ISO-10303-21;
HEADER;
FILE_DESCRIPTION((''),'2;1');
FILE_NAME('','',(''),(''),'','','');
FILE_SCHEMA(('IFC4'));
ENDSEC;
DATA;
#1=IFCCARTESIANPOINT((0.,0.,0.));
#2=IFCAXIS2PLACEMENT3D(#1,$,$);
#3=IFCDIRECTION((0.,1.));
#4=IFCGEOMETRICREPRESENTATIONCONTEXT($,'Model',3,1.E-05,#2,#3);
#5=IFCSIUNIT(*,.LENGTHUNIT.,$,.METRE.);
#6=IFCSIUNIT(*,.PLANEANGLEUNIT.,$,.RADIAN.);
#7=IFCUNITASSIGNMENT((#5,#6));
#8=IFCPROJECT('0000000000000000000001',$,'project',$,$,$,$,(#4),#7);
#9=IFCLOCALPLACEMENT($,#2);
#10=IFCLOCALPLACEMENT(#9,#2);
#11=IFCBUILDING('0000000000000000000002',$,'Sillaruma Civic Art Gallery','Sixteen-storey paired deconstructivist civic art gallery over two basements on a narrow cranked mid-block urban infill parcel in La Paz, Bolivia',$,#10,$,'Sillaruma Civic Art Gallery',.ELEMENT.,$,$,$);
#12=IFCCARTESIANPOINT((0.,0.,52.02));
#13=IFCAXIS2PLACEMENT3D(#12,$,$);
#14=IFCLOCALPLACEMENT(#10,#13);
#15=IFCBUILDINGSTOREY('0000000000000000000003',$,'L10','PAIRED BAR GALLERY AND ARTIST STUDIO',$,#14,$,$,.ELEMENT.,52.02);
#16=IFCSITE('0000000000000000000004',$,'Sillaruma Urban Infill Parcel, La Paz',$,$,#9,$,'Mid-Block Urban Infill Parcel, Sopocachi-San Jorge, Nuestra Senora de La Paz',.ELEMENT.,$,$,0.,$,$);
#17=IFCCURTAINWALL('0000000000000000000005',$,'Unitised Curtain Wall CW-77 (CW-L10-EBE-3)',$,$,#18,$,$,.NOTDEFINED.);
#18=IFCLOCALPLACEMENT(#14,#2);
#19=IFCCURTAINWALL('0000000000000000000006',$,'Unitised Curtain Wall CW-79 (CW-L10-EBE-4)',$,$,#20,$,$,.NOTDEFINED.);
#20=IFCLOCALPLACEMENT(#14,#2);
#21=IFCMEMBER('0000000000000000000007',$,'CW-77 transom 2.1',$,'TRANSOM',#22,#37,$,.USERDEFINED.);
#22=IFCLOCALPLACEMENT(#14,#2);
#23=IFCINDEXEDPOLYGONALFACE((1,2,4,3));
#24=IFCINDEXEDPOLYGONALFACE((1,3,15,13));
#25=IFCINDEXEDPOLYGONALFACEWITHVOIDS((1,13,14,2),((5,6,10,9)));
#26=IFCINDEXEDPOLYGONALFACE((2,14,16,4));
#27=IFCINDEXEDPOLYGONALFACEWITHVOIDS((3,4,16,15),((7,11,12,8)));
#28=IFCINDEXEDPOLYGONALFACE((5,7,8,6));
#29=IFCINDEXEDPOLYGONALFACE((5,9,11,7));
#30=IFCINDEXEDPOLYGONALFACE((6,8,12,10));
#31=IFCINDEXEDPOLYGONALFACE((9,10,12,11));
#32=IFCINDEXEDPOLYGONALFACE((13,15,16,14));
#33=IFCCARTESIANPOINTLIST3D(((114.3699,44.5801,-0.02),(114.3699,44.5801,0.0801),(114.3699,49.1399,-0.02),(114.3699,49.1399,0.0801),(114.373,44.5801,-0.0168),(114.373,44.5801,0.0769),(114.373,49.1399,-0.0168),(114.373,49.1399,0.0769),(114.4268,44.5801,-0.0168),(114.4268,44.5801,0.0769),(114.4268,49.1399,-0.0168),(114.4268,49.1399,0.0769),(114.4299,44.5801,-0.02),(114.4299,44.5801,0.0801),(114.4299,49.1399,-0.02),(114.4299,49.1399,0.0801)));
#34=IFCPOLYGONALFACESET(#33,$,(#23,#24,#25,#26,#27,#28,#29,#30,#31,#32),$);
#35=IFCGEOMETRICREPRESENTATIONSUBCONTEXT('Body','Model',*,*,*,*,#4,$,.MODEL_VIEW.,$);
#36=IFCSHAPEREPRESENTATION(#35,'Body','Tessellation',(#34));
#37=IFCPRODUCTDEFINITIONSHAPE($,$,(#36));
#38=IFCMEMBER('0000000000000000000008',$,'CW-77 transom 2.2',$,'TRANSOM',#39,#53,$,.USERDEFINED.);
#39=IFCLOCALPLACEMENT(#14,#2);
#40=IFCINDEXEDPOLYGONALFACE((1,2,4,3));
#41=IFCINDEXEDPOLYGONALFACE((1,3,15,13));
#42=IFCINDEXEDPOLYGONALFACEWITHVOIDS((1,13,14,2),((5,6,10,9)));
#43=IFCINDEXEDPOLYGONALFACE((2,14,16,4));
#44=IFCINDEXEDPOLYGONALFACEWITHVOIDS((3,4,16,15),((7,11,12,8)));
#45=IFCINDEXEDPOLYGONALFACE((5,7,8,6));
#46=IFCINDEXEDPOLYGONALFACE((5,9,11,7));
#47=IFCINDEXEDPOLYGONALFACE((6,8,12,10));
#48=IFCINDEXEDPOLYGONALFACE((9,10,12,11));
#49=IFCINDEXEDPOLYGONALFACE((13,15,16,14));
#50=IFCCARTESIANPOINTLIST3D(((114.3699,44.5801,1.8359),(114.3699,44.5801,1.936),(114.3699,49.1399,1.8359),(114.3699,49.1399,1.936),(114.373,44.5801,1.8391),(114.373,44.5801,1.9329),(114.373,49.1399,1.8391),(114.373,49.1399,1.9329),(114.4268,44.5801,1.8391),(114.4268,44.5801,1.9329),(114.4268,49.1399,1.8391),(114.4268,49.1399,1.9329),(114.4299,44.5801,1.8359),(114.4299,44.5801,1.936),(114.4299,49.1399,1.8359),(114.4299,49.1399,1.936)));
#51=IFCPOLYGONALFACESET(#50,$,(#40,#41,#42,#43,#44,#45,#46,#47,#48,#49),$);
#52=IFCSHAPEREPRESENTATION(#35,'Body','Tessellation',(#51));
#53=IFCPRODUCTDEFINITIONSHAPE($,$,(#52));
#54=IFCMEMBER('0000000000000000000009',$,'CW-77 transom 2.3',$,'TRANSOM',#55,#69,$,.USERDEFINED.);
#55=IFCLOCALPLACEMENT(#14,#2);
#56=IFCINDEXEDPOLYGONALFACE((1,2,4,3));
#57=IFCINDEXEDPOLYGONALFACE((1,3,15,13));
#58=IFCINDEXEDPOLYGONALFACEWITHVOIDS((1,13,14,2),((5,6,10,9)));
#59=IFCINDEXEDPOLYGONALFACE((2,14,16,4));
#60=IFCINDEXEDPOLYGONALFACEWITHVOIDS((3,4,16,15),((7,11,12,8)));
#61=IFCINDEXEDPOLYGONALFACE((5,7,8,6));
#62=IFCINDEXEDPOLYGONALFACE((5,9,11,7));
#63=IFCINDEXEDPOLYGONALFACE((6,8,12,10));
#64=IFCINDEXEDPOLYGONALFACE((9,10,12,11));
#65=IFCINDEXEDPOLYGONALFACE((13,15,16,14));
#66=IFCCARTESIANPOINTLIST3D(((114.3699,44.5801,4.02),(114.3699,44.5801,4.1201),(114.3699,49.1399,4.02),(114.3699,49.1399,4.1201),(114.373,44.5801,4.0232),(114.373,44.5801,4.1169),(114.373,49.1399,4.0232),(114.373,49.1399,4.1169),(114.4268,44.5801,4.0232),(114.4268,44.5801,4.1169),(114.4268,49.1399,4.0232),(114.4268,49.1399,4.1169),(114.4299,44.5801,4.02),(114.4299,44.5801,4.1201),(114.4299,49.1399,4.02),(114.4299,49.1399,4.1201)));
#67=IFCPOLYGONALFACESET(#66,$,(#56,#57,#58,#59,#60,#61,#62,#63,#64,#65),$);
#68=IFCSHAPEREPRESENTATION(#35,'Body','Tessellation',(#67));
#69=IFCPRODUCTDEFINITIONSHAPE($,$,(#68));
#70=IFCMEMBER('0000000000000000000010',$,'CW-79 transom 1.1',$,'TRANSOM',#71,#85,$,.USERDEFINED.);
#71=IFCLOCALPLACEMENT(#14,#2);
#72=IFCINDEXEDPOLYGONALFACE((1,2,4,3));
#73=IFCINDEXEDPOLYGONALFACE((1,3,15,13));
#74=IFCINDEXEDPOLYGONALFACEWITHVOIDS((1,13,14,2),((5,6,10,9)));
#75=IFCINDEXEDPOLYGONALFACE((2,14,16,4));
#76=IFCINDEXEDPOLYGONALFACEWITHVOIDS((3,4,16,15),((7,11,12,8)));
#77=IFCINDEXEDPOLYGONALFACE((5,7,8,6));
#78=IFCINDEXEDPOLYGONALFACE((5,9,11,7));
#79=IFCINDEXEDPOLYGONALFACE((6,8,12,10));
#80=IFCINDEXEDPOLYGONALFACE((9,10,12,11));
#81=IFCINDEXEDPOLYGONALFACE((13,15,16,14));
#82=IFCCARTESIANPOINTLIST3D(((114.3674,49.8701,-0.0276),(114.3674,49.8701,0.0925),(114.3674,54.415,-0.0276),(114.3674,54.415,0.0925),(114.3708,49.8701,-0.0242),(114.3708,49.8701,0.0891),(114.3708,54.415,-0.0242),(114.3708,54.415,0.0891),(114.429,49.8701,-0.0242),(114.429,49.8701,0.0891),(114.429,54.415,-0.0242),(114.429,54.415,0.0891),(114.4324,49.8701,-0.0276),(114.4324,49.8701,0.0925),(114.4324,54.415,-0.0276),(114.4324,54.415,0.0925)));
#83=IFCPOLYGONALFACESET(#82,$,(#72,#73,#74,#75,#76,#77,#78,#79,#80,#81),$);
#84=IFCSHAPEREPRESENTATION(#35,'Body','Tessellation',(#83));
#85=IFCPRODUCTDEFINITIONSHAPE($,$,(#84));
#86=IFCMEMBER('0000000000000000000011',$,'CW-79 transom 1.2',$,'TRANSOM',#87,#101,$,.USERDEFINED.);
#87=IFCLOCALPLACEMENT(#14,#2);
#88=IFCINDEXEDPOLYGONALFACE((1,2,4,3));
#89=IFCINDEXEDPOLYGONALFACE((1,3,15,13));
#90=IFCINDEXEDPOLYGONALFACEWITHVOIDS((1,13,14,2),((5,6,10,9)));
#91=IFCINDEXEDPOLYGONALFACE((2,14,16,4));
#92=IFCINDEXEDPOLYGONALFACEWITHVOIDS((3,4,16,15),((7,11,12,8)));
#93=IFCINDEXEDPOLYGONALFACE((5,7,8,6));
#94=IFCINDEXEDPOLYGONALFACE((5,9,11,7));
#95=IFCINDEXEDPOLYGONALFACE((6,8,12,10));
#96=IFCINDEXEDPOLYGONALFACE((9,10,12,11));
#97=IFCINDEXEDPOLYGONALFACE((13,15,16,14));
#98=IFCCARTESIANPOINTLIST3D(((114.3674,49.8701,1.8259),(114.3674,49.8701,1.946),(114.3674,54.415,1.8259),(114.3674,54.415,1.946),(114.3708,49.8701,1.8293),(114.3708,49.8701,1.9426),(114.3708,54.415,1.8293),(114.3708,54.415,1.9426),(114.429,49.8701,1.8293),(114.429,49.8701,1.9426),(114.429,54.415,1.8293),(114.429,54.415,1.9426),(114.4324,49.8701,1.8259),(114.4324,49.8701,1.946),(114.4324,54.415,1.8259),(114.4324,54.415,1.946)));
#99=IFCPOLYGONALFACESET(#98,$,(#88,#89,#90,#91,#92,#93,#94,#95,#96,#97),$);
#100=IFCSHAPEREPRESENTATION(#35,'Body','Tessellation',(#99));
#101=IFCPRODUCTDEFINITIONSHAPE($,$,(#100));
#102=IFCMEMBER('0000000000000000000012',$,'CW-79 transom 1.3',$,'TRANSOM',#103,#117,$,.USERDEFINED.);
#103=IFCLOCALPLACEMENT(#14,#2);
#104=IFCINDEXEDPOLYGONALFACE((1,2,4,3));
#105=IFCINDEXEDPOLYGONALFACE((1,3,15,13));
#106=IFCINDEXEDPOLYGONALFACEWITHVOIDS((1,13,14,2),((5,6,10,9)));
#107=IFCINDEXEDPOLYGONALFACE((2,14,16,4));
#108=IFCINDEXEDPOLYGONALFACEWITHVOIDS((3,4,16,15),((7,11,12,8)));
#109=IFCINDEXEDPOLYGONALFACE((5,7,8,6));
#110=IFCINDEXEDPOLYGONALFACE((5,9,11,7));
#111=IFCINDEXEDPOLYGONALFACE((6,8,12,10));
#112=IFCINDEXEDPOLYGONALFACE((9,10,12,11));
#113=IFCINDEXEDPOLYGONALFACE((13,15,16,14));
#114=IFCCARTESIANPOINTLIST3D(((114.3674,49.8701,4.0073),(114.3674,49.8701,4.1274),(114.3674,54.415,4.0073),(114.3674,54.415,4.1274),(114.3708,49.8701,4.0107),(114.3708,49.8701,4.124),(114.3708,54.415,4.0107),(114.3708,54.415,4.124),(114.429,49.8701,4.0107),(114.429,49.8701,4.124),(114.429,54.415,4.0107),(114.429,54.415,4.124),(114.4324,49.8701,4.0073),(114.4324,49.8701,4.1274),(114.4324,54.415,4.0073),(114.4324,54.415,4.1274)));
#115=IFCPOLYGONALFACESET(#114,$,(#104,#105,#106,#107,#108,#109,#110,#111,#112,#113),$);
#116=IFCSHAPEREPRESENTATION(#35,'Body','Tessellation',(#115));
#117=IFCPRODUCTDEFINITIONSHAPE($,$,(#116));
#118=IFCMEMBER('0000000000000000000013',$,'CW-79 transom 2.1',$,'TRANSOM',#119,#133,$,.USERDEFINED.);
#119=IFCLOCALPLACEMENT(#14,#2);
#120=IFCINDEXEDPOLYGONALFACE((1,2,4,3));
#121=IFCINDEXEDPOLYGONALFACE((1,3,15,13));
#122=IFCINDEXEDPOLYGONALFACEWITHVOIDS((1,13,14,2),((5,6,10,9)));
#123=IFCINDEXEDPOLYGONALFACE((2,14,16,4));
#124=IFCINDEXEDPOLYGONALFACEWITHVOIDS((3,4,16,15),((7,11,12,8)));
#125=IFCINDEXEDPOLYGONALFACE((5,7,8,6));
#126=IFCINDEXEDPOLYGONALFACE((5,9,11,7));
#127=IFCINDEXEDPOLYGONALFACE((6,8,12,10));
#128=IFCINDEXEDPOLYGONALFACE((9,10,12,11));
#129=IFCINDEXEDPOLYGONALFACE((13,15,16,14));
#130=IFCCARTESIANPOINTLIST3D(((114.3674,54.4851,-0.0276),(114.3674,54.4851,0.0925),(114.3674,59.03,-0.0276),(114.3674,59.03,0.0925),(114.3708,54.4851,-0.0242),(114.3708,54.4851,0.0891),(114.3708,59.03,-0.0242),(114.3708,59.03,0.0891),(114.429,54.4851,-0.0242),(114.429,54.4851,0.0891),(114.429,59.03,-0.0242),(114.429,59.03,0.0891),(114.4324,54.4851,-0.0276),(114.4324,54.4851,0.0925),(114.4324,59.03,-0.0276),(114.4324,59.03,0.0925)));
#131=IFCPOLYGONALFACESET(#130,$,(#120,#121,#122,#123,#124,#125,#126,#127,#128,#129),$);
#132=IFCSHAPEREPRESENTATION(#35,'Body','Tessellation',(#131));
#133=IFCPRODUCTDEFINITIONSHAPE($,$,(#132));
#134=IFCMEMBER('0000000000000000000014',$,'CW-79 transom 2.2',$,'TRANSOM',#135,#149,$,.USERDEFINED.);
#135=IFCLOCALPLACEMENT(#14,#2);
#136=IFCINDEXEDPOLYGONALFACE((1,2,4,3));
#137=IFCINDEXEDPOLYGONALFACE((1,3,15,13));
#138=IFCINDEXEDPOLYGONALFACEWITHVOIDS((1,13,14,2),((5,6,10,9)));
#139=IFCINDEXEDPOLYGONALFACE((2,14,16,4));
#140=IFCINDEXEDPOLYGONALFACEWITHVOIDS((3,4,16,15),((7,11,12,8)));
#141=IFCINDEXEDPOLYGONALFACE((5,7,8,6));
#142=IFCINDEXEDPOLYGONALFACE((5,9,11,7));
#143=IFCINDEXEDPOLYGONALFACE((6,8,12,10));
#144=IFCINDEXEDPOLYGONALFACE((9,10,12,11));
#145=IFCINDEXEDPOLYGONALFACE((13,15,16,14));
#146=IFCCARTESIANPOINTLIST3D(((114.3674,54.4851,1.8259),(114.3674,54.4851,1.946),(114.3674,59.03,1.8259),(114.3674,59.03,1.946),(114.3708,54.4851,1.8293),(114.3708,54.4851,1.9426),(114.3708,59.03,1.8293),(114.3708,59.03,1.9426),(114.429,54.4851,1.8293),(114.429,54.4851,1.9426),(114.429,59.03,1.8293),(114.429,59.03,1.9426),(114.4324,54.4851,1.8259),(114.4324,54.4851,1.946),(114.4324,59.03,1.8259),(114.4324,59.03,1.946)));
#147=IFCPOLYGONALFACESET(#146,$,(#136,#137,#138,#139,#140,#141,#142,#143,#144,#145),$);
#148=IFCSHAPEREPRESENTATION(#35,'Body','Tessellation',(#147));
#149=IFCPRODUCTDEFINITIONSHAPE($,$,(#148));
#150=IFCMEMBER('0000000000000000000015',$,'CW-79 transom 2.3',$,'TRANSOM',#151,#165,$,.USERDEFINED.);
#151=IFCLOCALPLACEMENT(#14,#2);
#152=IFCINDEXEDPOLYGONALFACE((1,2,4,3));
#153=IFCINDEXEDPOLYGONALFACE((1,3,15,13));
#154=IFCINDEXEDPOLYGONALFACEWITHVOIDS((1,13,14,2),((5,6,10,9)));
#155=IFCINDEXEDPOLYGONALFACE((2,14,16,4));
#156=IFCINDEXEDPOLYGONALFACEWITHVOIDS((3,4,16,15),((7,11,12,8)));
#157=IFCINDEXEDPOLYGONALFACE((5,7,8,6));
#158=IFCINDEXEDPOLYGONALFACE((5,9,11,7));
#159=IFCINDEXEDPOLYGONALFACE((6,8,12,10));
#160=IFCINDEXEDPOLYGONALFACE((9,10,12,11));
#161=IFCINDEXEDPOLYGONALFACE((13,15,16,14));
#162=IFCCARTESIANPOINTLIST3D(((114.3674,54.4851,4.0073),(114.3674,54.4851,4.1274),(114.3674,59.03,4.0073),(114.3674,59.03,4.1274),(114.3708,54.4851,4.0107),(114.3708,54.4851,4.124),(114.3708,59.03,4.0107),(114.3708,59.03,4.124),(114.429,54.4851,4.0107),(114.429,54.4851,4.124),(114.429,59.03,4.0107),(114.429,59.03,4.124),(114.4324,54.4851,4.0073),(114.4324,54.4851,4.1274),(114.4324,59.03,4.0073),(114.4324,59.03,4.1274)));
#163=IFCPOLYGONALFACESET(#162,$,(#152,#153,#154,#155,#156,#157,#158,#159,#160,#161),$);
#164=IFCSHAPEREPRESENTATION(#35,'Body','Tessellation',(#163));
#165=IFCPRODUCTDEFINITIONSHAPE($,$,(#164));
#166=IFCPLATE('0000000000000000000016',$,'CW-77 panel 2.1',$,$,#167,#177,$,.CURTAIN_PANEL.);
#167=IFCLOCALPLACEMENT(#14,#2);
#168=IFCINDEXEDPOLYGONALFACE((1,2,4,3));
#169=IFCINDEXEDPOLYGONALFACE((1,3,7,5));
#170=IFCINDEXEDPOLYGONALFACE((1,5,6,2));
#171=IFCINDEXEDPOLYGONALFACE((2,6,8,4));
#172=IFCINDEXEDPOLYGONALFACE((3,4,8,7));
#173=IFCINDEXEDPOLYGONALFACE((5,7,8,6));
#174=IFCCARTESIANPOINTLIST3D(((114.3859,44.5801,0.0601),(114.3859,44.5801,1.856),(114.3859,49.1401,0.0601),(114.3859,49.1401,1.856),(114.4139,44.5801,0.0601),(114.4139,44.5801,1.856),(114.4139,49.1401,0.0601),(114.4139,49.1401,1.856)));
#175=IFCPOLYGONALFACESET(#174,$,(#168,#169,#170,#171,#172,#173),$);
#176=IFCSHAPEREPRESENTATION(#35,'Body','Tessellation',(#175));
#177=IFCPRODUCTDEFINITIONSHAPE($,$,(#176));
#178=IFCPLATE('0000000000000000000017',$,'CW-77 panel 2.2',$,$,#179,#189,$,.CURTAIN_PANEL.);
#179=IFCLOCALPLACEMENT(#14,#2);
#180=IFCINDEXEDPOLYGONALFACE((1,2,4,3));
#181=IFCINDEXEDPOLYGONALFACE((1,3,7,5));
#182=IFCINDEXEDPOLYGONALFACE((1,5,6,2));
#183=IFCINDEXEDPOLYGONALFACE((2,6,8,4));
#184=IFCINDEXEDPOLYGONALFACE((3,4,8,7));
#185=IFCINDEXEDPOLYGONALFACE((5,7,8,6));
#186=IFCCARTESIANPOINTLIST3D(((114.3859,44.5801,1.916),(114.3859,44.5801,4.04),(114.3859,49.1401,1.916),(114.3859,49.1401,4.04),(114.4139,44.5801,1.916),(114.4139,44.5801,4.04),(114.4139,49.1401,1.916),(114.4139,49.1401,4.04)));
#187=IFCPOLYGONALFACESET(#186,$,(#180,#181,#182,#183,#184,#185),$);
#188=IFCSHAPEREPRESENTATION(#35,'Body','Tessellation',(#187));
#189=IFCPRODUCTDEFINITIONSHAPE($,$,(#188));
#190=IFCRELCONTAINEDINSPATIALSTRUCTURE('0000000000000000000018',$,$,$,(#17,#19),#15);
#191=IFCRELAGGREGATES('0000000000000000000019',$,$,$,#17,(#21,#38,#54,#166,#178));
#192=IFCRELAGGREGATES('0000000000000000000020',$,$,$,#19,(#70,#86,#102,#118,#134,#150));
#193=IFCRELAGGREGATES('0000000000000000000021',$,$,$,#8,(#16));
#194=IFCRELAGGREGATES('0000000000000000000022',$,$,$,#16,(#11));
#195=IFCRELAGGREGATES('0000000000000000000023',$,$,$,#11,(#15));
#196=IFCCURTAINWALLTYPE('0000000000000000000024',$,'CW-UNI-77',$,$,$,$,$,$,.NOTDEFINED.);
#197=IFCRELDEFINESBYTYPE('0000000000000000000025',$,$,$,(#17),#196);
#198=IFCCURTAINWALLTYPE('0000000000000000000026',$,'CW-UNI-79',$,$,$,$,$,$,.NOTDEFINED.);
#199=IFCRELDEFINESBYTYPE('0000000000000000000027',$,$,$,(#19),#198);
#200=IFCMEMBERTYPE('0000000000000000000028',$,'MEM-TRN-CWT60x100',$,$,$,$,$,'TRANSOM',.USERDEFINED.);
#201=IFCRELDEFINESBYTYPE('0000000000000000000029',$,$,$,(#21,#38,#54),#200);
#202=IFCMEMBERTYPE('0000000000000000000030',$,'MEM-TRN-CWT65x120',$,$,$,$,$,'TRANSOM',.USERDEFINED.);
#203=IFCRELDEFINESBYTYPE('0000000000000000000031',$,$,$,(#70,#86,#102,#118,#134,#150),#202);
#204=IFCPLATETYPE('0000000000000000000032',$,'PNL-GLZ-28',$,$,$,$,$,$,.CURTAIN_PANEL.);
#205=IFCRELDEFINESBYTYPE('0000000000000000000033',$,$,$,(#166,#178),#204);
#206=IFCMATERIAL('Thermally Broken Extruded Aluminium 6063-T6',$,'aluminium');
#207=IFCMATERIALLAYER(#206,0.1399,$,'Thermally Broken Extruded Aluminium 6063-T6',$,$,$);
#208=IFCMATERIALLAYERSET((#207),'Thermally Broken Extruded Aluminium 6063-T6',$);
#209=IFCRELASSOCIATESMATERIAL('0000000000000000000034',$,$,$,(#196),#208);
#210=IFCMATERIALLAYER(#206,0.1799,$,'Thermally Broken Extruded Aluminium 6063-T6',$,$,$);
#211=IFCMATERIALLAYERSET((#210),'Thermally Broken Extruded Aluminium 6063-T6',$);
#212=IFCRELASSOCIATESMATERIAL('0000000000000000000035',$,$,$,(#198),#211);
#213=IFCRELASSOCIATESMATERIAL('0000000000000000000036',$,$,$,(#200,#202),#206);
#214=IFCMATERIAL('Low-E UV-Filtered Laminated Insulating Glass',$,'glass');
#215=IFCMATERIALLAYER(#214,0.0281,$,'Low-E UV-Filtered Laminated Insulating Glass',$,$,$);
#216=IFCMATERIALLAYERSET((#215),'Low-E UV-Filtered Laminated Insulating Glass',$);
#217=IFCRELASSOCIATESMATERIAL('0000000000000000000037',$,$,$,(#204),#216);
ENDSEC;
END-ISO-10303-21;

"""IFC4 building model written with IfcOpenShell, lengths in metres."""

from ifc_helpers import new_model, si_unit, direction, frame, origin, origin_2d, place, context, subcontext, project, spatial, rectangle, hollow_rectangle, extrude, material, layer, layer_set, material_profile, profile_set, type_object, element, aggregate, save


model = new_model("IFC4")

# Units and contexts
model_context = context("Model", 3, precision=1e-05, world=origin(), true_north=direction((0.0, 1.0)))
body_context = subcontext(model_context, "Body", "Model", "MODEL_VIEW")
ifc_project = project(units=[si_unit("LENGTHUNIT", "METRE"), si_unit("PLANEANGLEUNIT", "RADIAN")], contexts=[model_context])

# Site, building, storey
site_placement = place(None, origin())
site = spatial("IfcSite", under=ifc_project, at=site_placement, Name="Sillaruma Urban Infill Parcel, La Paz", LongName="Mid-Block Urban Infill Parcel, Sopocachi-San Jorge, Nuestra Senora de La Paz", CompositionType="ELEMENT", RefElevation=0.0)
building_placement = place(site_placement, origin())
building = spatial("IfcBuilding", under=site, at=building_placement, Name="Sillaruma Civic Art Gallery", Description="Sixteen-storey paired deconstructivist civic art gallery over two basements on a narrow cranked mid-block urban infill parcel in La Paz, Bolivia", LongName="Sillaruma Civic Art Gallery", CompositionType="ELEMENT")
storey_placement = place(building_placement, frame((0.0, 0.0, 52.02)))
storey = spatial("IfcBuildingStorey", under=building, at=storey_placement, Name="L10", Description="PAIRED BAR GALLERY AND ARTIST STUDIO", CompositionType="ELEMENT", Elevation=52.02)

# Curtain walls
ifc_material_1 = material(Name="Thermally Broken Extruded Aluminium 6063-T6", Category="aluminium")
ifc_layer_1 = layer(ifc_material_1, 0.1399, Name="Thermally Broken Extruded Aluminium 6063-T6")
ifc_layer_set_1 = layer_set([ifc_layer_1], Name="Thermally Broken Extruded Aluminium 6063-T6")
curtain_wall_type_1 = type_object("IfcCurtainWallType", Name="CW-UNI-77", PredefinedType="NOTDEFINED", material=ifc_layer_set_1)
curtain_wall_1_placement = place(storey_placement, origin())
curtain_wall_1 = element("IfcCurtainWall", 1, at=curtain_wall_1_placement, inside=storey, type_object=curtain_wall_type_1, Name="Unitised Curtain Wall CW-77 (CW-L10-EBE-3)", PredefinedType="NOTDEFINED")
ifc_layer_2 = layer(ifc_material_1, 0.1799, Name="Thermally Broken Extruded Aluminium 6063-T6")
ifc_layer_set_2 = layer_set([ifc_layer_2], Name="Thermally Broken Extruded Aluminium 6063-T6")
curtain_wall_type_2 = type_object("IfcCurtainWallType", Name="CW-UNI-79", PredefinedType="NOTDEFINED", material=ifc_layer_set_2)
curtain_wall_2_placement = place(storey_placement, origin())
curtain_wall_2 = element("IfcCurtainWall", 2, at=curtain_wall_2_placement, inside=storey, type_object=curtain_wall_type_2, Name="Unitised Curtain Wall CW-79 (CW-L10-EBE-4)", PredefinedType="NOTDEFINED")

# Members
ifc_material_profile_1 = material_profile(ifc_material_1, hollow_rectangle(XDim=0.0601, YDim=0.1001, WallThickness=0.0032, at=origin_2d()), Name="CWT60x100")
ifc_profile_set_1 = profile_set([ifc_material_profile_1], Name="Thermally Broken Extruded Aluminium 6063-T6")
member_type_1 = type_object("IfcMemberType", Name="MEM-TRN-CWT60x100", ElementType="TRANSOM", PredefinedType="USERDEFINED", material=ifc_profile_set_1)
member_1_placement = place(storey_placement, frame((114.3999, 44.5801, 0.03), z_axis=(0.0, 1.0, 0.0), x_axis=(-1.0, 0.0, 0.0)))
member_1 = element("IfcMember", 3, at=member_1_placement, type_object=member_type_1, Name="CW-77 transom 2.1", ObjectType="TRANSOM", PredefinedType="USERDEFINED", context=body_context, shape_type="SweptSolid", body=[
    extrude(hollow_rectangle(XDim=0.0601, YDim=0.1001, WallThickness=0.0032, at=origin_2d()), origin(), (0.0, 0.0, 1.0), 4.5598),
])
member_2_placement = place(storey_placement, frame((114.3999, 44.5801, 1.886), z_axis=(0.0, 1.0, 0.0), x_axis=(-1.0, 0.0, 0.0)))
member_2 = element("IfcMember", 4, at=member_2_placement, type_object=member_type_1, Name="CW-77 transom 2.2", ObjectType="TRANSOM", PredefinedType="USERDEFINED", context=body_context, shape_type="SweptSolid", body=[
    extrude(hollow_rectangle(XDim=0.0601, YDim=0.1001, WallThickness=0.0032, at=origin_2d()), origin(), (0.0, 0.0, 1.0), 4.5598),
])
member_3_placement = place(storey_placement, frame((114.3999, 44.5801, 4.0701), z_axis=(0.0, 1.0, 0.0), x_axis=(-1.0, 0.0, 0.0)))
member_3 = element("IfcMember", 5, at=member_3_placement, type_object=member_type_1, Name="CW-77 transom 2.3", ObjectType="TRANSOM", PredefinedType="USERDEFINED", context=body_context, shape_type="SweptSolid", body=[
    extrude(hollow_rectangle(XDim=0.0601, YDim=0.1001, WallThickness=0.0032, at=origin_2d()), origin(), (0.0, 0.0, 1.0), 4.5598),
])
ifc_material_profile_2 = material_profile(ifc_material_1, hollow_rectangle(XDim=0.0649, YDim=0.1201, WallThickness=0.0034, at=origin_2d()), Name="CWT65x120")
ifc_profile_set_2 = profile_set([ifc_material_profile_2], Name="Thermally Broken Extruded Aluminium 6063-T6")
member_type_2 = type_object("IfcMemberType", Name="MEM-TRN-CWT65x120", ElementType="TRANSOM", PredefinedType="USERDEFINED", material=ifc_profile_set_2)
member_4_placement = place(storey_placement, frame((114.3999, 49.8701, 0.0325), z_axis=(0.0, 1.0, 0.0), x_axis=(-1.0, 0.0, 0.0)))
member_4 = element("IfcMember", 6, at=member_4_placement, type_object=member_type_2, Name="CW-79 transom 1.1", ObjectType="TRANSOM", PredefinedType="USERDEFINED", context=body_context, shape_type="SweptSolid", body=[
    extrude(hollow_rectangle(XDim=0.0649, YDim=0.1201, WallThickness=0.0034, at=origin_2d()), origin(), (0.0, 0.0, 1.0), 4.5449),
])
member_5_placement = place(storey_placement, frame((114.3999, 49.8701, 1.886), z_axis=(0.0, 1.0, 0.0), x_axis=(-1.0, 0.0, 0.0)))
member_5 = element("IfcMember", 7, at=member_5_placement, type_object=member_type_2, Name="CW-79 transom 1.2", ObjectType="TRANSOM", PredefinedType="USERDEFINED", context=body_context, shape_type="SweptSolid", body=[
    extrude(hollow_rectangle(XDim=0.0649, YDim=0.1201, WallThickness=0.0034, at=origin_2d()), origin(), (0.0, 0.0, 1.0), 4.5449),
])
member_6_placement = place(storey_placement, frame((114.3999, 49.8701, 4.0674), z_axis=(0.0, 1.0, 0.0), x_axis=(-1.0, 0.0, 0.0)))
member_6 = element("IfcMember", 8, at=member_6_placement, type_object=member_type_2, Name="CW-79 transom 1.3", ObjectType="TRANSOM", PredefinedType="USERDEFINED", context=body_context, shape_type="SweptSolid", body=[
    extrude(hollow_rectangle(XDim=0.0649, YDim=0.1201, WallThickness=0.0034, at=origin_2d()), origin(), (0.0, 0.0, 1.0), 4.5449),
])
member_7_placement = place(storey_placement, frame((114.3999, 54.4851, 0.0325), z_axis=(0.0, 1.0, 0.0), x_axis=(-1.0, 0.0, 0.0)))
member_7 = element("IfcMember", 9, at=member_7_placement, type_object=member_type_2, Name="CW-79 transom 2.1", ObjectType="TRANSOM", PredefinedType="USERDEFINED", context=body_context, shape_type="SweptSolid", body=[
    extrude(hollow_rectangle(XDim=0.0649, YDim=0.1201, WallThickness=0.0034, at=origin_2d()), origin(), (0.0, 0.0, 1.0), 4.5449),
])
member_8_placement = place(storey_placement, frame((114.3999, 54.4851, 1.886), z_axis=(0.0, 1.0, 0.0), x_axis=(-1.0, 0.0, 0.0)))
member_8 = element("IfcMember", 10, at=member_8_placement, type_object=member_type_2, Name="CW-79 transom 2.2", ObjectType="TRANSOM", PredefinedType="USERDEFINED", context=body_context, shape_type="SweptSolid", body=[
    extrude(hollow_rectangle(XDim=0.0649, YDim=0.1201, WallThickness=0.0034, at=origin_2d()), origin(), (0.0, 0.0, 1.0), 4.5449),
])
member_9_placement = place(storey_placement, frame((114.3999, 54.4851, 4.0674), z_axis=(0.0, 1.0, 0.0), x_axis=(-1.0, 0.0, 0.0)))
member_9 = element("IfcMember", 11, at=member_9_placement, type_object=member_type_2, Name="CW-79 transom 2.3", ObjectType="TRANSOM", PredefinedType="USERDEFINED", context=body_context, shape_type="SweptSolid", body=[
    extrude(hollow_rectangle(XDim=0.0649, YDim=0.1201, WallThickness=0.0034, at=origin_2d()), origin(), (0.0, 0.0, 1.0), 4.5449),
])

# Plates
ifc_material_2 = material(Name="Low-E UV-Filtered Laminated Insulating Glass", Category="glass")
ifc_layer_3 = layer(ifc_material_2, 0.0281, Name="Low-E UV-Filtered Laminated Insulating Glass")
ifc_layer_set_3 = layer_set([ifc_layer_3], Name="Low-E UV-Filtered Laminated Insulating Glass")
plate_type_1 = type_object("IfcPlateType", Name="PNL-GLZ-28", PredefinedType="CURTAIN_PANEL", material=ifc_layer_set_3)
plate_1_placement = place(storey_placement, frame((114.3999, 46.8601, 0.0601), z_axis=(0.0, 0.0, 1.0), x_axis=(0.0, 1.0, 0.0)))
plate_1 = element("IfcPlate", 12, at=plate_1_placement, type_object=plate_type_1, Name="CW-77 panel 2.1", PredefinedType="CURTAIN_PANEL", context=body_context, shape_type="SweptSolid", body=[
    extrude(rectangle(XDim=4.5601, YDim=0.0281, at=origin_2d()), origin(), (0.0, 0.0, 1.0), 1.7959),
])
plate_2_placement = place(storey_placement, frame((114.3999, 46.8601, 1.916), z_axis=(0.0, 0.0, 1.0), x_axis=(0.0, 1.0, 0.0)))
plate_2 = element("IfcPlate", 13, at=plate_2_placement, type_object=plate_type_1, Name="CW-77 panel 2.2", PredefinedType="CURTAIN_PANEL", context=body_context, shape_type="SweptSolid", body=[
    extrude(rectangle(XDim=4.5601, YDim=0.0281, at=origin_2d()), origin(), (0.0, 0.0, 1.0), 2.124),
])
aggregate(curtain_wall_1, [member_1, member_2, member_3, plate_1, plate_2])
aggregate(curtain_wall_2, [member_4, member_5, member_6, member_7, member_8, member_9])

save(model, "model.ifc")
